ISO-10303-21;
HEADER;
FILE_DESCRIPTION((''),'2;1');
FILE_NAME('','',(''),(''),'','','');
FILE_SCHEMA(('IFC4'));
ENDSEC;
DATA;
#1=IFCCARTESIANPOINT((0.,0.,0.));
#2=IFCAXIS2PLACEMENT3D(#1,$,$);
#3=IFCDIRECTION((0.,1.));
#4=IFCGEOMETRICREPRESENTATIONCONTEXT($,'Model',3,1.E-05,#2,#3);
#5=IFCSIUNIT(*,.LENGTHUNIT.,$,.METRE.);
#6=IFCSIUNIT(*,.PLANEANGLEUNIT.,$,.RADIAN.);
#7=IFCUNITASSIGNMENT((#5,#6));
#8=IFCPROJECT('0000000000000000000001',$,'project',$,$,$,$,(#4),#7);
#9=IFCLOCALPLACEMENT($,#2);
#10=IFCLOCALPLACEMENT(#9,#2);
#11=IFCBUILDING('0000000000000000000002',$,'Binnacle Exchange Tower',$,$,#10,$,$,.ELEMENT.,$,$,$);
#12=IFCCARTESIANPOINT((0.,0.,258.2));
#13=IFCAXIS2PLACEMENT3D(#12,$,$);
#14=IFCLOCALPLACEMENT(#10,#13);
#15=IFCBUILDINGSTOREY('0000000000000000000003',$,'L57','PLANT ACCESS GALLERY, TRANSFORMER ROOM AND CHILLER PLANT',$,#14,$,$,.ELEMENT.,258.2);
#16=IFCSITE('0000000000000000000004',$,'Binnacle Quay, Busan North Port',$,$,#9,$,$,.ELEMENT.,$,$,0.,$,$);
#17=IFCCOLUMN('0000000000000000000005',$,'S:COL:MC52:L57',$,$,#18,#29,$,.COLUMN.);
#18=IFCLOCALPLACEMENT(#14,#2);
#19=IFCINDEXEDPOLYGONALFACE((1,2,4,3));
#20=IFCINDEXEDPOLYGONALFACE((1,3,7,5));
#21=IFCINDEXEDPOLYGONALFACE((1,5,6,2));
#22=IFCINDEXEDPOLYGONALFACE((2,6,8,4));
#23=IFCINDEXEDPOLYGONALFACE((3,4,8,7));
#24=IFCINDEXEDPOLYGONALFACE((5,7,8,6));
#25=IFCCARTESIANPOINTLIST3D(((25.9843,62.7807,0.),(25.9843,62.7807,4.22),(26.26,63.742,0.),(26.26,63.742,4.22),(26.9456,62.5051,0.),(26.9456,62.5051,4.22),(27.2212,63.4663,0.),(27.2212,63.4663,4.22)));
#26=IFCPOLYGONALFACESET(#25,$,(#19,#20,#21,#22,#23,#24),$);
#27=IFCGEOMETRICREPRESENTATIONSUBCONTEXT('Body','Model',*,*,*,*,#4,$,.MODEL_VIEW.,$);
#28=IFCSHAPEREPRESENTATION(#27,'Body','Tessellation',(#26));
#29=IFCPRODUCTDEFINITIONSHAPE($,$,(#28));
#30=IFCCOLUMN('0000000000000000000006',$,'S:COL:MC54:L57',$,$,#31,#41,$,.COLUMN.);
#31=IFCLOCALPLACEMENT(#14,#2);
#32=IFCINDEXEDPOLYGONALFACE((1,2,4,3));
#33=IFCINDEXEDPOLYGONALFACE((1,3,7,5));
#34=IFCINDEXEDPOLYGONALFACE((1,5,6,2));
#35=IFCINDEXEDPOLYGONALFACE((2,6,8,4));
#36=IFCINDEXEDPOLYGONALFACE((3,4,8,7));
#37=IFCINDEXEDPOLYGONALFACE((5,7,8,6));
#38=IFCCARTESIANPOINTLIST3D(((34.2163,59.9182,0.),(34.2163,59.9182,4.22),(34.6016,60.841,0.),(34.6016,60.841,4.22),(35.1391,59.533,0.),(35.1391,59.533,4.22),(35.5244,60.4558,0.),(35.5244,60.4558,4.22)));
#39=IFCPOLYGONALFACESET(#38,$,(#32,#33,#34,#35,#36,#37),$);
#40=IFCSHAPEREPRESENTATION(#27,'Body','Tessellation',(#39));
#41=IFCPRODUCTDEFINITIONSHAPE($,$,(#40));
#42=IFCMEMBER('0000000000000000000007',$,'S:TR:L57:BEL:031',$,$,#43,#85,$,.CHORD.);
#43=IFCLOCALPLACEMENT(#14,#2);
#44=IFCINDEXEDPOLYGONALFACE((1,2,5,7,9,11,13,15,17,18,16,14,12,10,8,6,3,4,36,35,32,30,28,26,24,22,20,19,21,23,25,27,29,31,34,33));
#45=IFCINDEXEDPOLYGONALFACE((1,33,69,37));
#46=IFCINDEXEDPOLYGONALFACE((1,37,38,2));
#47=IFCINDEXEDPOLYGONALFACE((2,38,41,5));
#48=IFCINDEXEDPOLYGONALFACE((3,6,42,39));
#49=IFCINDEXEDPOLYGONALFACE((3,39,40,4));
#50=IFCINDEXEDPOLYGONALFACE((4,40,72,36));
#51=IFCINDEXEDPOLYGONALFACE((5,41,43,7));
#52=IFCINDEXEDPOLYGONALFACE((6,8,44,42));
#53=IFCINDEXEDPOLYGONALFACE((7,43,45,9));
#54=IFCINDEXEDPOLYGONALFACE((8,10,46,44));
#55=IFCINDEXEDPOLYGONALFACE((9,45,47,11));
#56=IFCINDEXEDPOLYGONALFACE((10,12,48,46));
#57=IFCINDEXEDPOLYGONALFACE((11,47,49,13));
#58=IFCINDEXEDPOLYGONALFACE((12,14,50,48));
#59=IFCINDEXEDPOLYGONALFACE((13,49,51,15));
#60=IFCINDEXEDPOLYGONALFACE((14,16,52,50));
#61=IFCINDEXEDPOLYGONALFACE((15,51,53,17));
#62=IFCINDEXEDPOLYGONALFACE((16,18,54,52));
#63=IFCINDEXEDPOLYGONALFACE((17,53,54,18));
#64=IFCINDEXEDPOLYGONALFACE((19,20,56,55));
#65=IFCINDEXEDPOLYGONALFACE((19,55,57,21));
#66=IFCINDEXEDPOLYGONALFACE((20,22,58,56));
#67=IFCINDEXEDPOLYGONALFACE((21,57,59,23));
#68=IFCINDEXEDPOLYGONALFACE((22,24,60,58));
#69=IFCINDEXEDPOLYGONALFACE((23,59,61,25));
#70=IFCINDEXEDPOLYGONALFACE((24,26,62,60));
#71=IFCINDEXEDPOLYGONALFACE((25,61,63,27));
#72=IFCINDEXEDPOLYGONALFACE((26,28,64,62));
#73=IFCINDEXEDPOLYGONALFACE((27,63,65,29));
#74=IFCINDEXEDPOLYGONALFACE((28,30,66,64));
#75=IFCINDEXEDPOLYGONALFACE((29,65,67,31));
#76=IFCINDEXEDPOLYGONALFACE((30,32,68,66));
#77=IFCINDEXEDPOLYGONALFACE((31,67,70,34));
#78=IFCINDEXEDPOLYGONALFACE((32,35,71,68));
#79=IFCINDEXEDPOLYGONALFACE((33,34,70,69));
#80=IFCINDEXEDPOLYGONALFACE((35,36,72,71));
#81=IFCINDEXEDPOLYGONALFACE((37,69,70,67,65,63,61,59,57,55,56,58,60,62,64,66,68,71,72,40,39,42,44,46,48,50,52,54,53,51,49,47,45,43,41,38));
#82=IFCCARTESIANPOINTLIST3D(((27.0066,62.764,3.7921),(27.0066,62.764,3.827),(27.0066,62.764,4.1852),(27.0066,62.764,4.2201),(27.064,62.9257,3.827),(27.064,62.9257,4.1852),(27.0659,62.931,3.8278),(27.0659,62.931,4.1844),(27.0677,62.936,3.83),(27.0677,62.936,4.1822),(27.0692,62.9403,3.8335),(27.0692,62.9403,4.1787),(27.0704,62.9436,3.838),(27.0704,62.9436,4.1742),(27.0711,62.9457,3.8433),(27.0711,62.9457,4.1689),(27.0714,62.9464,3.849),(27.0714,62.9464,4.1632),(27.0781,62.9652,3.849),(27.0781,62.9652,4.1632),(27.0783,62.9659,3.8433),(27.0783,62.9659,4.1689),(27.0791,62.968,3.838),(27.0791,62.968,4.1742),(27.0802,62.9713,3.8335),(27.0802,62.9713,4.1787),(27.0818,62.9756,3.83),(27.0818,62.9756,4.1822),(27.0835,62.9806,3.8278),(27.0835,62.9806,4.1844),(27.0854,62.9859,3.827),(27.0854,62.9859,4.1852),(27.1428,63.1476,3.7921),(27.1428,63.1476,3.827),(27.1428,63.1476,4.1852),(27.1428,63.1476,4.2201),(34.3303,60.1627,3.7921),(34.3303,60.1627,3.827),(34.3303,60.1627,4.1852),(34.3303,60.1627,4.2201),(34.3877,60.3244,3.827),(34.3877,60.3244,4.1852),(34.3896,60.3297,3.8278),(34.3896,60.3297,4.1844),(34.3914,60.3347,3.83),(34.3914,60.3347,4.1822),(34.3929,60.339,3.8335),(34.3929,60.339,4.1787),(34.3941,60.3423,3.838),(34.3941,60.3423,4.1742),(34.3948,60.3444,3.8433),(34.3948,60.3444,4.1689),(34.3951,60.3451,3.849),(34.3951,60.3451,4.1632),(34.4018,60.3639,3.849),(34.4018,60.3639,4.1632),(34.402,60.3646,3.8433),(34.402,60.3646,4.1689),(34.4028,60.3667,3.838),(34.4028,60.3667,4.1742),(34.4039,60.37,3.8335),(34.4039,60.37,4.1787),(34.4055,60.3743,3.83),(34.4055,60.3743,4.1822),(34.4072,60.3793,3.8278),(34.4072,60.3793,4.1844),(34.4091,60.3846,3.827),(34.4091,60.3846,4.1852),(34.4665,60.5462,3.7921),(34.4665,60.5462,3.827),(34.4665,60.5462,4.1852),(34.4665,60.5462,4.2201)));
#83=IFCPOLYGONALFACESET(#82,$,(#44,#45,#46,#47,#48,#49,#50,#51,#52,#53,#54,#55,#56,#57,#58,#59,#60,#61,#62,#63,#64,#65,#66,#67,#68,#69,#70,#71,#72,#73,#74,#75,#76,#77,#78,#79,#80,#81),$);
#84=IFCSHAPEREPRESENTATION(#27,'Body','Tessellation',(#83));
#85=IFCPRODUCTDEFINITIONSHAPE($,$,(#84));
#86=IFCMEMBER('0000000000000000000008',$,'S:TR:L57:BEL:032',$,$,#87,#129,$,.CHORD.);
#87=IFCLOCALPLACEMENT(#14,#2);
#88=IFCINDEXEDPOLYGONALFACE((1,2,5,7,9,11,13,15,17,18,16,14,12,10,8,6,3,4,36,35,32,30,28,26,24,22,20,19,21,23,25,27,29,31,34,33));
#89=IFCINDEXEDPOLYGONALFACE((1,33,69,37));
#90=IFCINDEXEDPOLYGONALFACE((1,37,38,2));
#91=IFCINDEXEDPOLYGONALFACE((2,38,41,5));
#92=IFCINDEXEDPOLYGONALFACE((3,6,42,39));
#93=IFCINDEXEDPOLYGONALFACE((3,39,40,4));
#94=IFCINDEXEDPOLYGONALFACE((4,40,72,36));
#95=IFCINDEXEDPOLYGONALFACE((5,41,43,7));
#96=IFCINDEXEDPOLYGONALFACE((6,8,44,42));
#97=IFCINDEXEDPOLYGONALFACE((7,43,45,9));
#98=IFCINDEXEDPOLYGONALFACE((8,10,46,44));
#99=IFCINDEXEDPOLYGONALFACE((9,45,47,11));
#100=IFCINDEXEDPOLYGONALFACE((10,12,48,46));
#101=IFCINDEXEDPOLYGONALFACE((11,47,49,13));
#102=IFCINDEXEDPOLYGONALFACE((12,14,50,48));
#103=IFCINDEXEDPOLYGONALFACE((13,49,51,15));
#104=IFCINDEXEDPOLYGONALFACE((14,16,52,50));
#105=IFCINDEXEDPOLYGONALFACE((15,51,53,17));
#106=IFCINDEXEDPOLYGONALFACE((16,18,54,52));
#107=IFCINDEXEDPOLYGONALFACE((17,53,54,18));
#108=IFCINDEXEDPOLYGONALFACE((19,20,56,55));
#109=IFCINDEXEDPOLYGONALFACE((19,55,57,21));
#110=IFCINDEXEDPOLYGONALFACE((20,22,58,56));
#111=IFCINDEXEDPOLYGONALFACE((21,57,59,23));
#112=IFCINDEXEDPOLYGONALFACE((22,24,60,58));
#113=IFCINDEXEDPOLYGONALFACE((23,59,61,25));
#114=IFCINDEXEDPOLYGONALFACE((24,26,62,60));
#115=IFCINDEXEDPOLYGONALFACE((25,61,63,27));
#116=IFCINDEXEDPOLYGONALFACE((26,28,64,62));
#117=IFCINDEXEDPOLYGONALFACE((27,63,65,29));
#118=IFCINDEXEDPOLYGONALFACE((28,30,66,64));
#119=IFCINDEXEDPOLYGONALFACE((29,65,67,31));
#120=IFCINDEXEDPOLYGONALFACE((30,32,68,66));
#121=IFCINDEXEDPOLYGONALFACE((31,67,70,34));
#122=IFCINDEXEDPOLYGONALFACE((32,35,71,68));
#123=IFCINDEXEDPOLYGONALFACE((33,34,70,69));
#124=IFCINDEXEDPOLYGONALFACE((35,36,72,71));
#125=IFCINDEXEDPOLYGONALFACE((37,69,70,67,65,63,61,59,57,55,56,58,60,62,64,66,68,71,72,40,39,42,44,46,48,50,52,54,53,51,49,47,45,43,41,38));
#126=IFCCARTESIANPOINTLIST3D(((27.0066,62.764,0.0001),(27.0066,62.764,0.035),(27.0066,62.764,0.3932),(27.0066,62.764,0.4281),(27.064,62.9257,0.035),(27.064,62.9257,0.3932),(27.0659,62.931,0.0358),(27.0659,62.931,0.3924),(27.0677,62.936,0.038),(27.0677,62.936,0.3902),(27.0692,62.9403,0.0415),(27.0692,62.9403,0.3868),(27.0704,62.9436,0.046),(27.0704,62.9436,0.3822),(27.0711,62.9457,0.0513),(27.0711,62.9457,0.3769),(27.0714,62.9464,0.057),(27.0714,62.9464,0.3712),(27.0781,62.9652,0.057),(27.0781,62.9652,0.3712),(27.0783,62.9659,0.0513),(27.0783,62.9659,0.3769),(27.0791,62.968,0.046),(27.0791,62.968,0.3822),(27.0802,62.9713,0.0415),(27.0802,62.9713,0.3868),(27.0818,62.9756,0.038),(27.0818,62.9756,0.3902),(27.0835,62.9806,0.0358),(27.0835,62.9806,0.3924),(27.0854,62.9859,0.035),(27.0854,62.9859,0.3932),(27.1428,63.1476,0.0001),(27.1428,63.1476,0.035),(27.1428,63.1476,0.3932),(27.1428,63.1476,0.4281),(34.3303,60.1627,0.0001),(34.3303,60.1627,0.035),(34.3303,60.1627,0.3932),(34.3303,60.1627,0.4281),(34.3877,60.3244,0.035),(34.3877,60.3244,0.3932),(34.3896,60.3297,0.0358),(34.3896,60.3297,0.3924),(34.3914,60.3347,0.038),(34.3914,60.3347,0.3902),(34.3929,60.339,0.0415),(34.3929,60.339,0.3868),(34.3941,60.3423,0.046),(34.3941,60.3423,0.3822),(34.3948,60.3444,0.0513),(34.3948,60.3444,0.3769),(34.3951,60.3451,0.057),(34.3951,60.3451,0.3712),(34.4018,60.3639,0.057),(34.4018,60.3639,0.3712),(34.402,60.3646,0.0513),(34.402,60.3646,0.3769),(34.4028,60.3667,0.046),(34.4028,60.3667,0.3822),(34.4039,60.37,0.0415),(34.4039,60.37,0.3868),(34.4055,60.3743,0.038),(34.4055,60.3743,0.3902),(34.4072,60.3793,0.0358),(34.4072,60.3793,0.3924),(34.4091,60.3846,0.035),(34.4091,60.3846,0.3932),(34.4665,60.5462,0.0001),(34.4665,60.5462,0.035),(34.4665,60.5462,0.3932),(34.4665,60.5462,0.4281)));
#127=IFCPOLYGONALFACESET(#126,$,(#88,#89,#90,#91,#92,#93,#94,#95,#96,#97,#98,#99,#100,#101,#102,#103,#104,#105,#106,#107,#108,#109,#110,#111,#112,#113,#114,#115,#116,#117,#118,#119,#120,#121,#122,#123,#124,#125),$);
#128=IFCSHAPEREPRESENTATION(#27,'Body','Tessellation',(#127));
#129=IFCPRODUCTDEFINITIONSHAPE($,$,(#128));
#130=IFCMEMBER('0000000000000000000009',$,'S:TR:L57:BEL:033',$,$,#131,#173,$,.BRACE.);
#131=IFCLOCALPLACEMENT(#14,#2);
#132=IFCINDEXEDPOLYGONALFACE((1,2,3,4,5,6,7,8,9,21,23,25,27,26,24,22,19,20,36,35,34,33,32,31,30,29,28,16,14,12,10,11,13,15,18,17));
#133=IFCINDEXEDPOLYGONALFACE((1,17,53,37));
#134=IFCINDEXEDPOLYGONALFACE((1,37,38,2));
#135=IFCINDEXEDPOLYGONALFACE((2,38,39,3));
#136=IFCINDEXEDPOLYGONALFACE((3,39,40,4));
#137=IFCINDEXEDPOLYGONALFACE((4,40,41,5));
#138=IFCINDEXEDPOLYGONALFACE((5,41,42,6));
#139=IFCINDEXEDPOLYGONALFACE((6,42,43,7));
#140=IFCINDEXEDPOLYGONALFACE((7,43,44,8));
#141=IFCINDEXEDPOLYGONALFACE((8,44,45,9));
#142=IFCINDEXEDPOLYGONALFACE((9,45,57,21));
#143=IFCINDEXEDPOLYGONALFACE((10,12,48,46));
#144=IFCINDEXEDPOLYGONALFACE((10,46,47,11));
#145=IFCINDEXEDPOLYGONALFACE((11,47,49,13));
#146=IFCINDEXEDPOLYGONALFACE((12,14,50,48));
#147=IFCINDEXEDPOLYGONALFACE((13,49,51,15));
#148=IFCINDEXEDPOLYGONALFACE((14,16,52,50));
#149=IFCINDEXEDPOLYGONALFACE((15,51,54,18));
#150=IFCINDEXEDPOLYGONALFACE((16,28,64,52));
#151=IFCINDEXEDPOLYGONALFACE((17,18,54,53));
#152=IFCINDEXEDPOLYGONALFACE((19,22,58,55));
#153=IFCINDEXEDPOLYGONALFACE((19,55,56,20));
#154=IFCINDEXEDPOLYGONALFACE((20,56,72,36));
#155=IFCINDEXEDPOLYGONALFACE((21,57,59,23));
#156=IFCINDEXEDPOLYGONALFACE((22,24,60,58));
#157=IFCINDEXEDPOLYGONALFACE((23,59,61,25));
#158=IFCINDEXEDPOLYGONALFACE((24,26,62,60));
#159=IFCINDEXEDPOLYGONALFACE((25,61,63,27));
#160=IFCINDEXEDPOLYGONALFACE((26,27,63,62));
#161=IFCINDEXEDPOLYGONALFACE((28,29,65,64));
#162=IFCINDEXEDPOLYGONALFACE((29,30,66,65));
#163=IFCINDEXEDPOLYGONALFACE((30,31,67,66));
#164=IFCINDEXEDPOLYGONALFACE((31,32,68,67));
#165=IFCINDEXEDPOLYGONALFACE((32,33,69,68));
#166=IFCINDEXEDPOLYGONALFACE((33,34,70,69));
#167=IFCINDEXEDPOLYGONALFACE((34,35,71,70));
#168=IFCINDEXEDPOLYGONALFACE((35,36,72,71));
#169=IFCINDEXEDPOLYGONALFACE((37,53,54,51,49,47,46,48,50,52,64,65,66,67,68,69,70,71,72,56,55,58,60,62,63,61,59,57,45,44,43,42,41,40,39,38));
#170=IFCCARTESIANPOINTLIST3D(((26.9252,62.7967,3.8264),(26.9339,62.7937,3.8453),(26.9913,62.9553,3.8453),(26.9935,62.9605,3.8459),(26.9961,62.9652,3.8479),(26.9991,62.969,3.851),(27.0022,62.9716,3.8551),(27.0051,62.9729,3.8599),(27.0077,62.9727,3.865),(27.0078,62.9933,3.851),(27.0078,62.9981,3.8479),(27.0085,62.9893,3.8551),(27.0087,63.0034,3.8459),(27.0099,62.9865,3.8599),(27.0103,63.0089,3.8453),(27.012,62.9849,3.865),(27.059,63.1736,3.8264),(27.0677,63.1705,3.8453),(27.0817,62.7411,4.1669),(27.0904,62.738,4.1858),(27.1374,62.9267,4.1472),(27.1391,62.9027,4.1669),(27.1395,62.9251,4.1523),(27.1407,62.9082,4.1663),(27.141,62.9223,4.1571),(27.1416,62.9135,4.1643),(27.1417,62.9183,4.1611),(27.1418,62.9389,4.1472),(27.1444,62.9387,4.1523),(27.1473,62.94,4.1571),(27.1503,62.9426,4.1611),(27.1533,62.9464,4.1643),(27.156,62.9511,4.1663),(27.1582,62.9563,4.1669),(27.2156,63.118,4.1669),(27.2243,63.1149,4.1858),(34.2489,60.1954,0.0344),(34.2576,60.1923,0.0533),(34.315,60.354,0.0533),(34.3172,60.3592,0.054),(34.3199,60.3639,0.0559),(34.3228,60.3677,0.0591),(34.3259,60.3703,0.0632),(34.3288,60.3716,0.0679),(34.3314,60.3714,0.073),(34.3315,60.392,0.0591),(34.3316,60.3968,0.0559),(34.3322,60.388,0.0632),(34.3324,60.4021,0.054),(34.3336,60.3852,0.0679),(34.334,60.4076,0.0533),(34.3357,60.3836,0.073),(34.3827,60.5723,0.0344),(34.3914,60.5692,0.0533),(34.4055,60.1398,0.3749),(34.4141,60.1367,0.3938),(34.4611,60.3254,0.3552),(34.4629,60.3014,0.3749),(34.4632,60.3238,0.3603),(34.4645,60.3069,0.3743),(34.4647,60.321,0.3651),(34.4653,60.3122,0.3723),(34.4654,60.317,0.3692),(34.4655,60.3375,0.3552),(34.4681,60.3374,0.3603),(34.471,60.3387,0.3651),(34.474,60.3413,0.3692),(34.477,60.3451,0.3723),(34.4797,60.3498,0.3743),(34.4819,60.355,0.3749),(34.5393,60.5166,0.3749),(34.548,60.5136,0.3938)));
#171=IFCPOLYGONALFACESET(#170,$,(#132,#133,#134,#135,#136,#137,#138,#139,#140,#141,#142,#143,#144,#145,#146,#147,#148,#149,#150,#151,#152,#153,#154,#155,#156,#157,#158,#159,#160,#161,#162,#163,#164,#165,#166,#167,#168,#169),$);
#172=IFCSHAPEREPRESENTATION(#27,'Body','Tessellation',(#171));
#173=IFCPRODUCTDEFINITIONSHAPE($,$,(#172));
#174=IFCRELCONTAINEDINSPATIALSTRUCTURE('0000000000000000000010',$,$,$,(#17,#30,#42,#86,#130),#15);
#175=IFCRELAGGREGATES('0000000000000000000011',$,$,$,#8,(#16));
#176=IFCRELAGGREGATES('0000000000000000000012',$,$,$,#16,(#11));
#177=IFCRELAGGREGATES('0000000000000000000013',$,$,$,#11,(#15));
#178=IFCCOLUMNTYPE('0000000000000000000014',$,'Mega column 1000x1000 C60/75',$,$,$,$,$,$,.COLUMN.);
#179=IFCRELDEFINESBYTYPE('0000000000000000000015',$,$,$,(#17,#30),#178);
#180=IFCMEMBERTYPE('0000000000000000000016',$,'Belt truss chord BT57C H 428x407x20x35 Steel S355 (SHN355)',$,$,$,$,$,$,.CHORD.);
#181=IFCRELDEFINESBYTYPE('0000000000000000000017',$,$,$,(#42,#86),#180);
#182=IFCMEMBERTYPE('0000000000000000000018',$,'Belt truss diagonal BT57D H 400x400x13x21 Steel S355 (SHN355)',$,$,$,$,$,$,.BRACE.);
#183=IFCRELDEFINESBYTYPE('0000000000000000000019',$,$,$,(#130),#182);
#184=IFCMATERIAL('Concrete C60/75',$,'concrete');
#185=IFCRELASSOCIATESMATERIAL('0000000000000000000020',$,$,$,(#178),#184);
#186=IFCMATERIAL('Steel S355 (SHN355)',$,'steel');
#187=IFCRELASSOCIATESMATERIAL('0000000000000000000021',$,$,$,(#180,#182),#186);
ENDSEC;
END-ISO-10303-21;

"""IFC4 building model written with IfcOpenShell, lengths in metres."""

from ifc_helpers import new_model, si_unit, direction, frame, origin, origin_2d, place, context, subcontext, project, spatial, rectangle, i_section, extrude, material, material_profile, profile_set, type_object, element, save


model = new_model("IFC4")

# Units and contexts
model_context = context("Model", 3, precision=1e-05, world=origin(), true_north=direction((0.0, 1.0)))
body_context = subcontext(model_context, "Body", "Model", "MODEL_VIEW")
ifc_project = project(units=[si_unit("LENGTHUNIT", "METRE"), si_unit("PLANEANGLEUNIT", "RADIAN")], contexts=[model_context])

# Site, building, storey
site_placement = place(None, origin())
site = spatial("IfcSite", under=ifc_project, at=site_placement, Name="Binnacle Quay, Busan North Port", CompositionType="ELEMENT", RefElevation=0.0)
building_placement = place(site_placement, origin())
building = spatial("IfcBuilding", under=site, at=building_placement, Name="Binnacle Exchange Tower", CompositionType="ELEMENT")
storey_placement = place(building_placement, frame((0.0, 0.0, 258.2)))
storey = spatial("IfcBuildingStorey", under=building, at=storey_placement, Name="L57", Description="PLANT ACCESS GALLERY, TRANSFORMER ROOM AND CHILLER PLANT", CompositionType="ELEMENT", Elevation=258.2)

# Columns
ifc_material_1 = material(Name="Concrete C60/75", Category="concrete")
ifc_material_profile_1 = material_profile(ifc_material_1, rectangle(XDim=1.0, YDim=1.0, at=origin_2d()), Name="Mega column 1000x1000 C60/75")
ifc_profile_set_1 = profile_set([ifc_material_profile_1], Name="Concrete C60/75")
column_type = type_object("IfcColumnType", Name="Mega column 1000x1000 C60/75", PredefinedType="COLUMN", material=ifc_profile_set_1)
for number, where, z_axis, x_axis, name in (
    (1, (26.6028, 63.1235, 0.0), (0.0, 0.0, 1.0), (-0.961262, 0.275637, 0.0), "S:COL:MC52:L57"),
    (2, (34.8704, 60.187, 0.0), (0.0, 0.0, 1.0), (-0.922814, 0.385246, 0.0), "S:COL:MC54:L57"),
):
    element("IfcColumn", number, at=place(storey_placement, frame(where, z_axis=z_axis, x_axis=x_axis)), inside=storey, type_object=column_type, Name=name, PredefinedType="COLUMN", context=body_context, shape_type="SweptSolid", body=[
        extrude(rectangle(XDim=1.0, YDim=1.0, at=origin_2d()), origin(), (0.0, 0.0, 1.0), 4.22),
    ])

# Members
ifc_material_2 = material(Name="Steel S355 (SHN355)", Category="steel")
ifc_material_profile_2 = material_profile(ifc_material_2, i_section(OverallWidth=0.407, OverallDepth=0.428, WebThickness=0.02, FlangeThickness=0.0349, FilletRadius=0.022, at=origin_2d()), Name="H 428x407x20x35")
ifc_profile_set_2 = profile_set([ifc_material_profile_2], Name="Steel S355 (SHN355)")
member_type_1 = type_object("IfcMemberType", Name="Belt truss chord BT57C H 428x407x20x35 Steel S355 (SHN355)", PredefinedType="CHORD", material=ifc_profile_set_2)
for number, where, z_axis, x_axis, name in (
    (3, (34.3984, 60.3545, 4.0061), (-0.942323, 0.334704, 0.0), (-0.334704, -0.942323, 0.0), "S:TR:L57:BEL:031"),
    (4, (34.3984, 60.3545, 0.2141), (-0.942323, 0.334704, 0.0), (-0.334704, -0.942323, 0.0), "S:TR:L57:BEL:032"),
):
    element("IfcMember", number, at=place(storey_placement, frame(where, z_axis=z_axis, x_axis=x_axis)), inside=storey, type_object=member_type_1, Name=name, PredefinedType="CHORD", context=body_context, shape_type="SweptSolid", body=[
        extrude(i_section(OverallWidth=0.407, OverallDepth=0.428, WebThickness=0.02, FlangeThickness=0.0349, FilletRadius=0.022, at=origin_2d()), origin(), (0.0, 0.0, 1.0), 7.772),
    ])
ifc_material_profile_3 = material_profile(ifc_material_2, i_section(OverallWidth=0.3999, OverallDepth=0.3999, WebThickness=0.0129, FlangeThickness=0.021, FilletRadius=0.022, at=origin_2d()), Name="H 400x400x13x21")
ifc_profile_set_3 = profile_set([ifc_material_profile_3], Name="Steel S355 (SHN355)")
member_type_2 = type_object("IfcMemberType", Name="Belt truss diagonal BT57D H 400x400x13x21 Steel S355 (SHN355)", PredefinedType="BRACE", material=ifc_profile_set_3)
member_1_placement = place(storey_placement, frame((34.3984, 60.3545, 0.2141), z_axis=(-0.846897, 0.30081, 0.438496), x_axis=(-0.334704, -0.942323, 0.0)))
element("IfcMember", 5, at=member_1_placement, inside=storey, type_object=member_type_2, Name="S:TR:L57:BEL:033", PredefinedType="BRACE", context=body_context, shape_type="SweptSolid", body=[
    extrude(i_section(OverallWidth=0.3999, OverallDepth=0.3999, WebThickness=0.0129, FlangeThickness=0.021, FilletRadius=0.022, at=origin_2d()), origin(), (0.0, 0.0, 1.0), 8.6477),
])

save(model, "model.ifc")
